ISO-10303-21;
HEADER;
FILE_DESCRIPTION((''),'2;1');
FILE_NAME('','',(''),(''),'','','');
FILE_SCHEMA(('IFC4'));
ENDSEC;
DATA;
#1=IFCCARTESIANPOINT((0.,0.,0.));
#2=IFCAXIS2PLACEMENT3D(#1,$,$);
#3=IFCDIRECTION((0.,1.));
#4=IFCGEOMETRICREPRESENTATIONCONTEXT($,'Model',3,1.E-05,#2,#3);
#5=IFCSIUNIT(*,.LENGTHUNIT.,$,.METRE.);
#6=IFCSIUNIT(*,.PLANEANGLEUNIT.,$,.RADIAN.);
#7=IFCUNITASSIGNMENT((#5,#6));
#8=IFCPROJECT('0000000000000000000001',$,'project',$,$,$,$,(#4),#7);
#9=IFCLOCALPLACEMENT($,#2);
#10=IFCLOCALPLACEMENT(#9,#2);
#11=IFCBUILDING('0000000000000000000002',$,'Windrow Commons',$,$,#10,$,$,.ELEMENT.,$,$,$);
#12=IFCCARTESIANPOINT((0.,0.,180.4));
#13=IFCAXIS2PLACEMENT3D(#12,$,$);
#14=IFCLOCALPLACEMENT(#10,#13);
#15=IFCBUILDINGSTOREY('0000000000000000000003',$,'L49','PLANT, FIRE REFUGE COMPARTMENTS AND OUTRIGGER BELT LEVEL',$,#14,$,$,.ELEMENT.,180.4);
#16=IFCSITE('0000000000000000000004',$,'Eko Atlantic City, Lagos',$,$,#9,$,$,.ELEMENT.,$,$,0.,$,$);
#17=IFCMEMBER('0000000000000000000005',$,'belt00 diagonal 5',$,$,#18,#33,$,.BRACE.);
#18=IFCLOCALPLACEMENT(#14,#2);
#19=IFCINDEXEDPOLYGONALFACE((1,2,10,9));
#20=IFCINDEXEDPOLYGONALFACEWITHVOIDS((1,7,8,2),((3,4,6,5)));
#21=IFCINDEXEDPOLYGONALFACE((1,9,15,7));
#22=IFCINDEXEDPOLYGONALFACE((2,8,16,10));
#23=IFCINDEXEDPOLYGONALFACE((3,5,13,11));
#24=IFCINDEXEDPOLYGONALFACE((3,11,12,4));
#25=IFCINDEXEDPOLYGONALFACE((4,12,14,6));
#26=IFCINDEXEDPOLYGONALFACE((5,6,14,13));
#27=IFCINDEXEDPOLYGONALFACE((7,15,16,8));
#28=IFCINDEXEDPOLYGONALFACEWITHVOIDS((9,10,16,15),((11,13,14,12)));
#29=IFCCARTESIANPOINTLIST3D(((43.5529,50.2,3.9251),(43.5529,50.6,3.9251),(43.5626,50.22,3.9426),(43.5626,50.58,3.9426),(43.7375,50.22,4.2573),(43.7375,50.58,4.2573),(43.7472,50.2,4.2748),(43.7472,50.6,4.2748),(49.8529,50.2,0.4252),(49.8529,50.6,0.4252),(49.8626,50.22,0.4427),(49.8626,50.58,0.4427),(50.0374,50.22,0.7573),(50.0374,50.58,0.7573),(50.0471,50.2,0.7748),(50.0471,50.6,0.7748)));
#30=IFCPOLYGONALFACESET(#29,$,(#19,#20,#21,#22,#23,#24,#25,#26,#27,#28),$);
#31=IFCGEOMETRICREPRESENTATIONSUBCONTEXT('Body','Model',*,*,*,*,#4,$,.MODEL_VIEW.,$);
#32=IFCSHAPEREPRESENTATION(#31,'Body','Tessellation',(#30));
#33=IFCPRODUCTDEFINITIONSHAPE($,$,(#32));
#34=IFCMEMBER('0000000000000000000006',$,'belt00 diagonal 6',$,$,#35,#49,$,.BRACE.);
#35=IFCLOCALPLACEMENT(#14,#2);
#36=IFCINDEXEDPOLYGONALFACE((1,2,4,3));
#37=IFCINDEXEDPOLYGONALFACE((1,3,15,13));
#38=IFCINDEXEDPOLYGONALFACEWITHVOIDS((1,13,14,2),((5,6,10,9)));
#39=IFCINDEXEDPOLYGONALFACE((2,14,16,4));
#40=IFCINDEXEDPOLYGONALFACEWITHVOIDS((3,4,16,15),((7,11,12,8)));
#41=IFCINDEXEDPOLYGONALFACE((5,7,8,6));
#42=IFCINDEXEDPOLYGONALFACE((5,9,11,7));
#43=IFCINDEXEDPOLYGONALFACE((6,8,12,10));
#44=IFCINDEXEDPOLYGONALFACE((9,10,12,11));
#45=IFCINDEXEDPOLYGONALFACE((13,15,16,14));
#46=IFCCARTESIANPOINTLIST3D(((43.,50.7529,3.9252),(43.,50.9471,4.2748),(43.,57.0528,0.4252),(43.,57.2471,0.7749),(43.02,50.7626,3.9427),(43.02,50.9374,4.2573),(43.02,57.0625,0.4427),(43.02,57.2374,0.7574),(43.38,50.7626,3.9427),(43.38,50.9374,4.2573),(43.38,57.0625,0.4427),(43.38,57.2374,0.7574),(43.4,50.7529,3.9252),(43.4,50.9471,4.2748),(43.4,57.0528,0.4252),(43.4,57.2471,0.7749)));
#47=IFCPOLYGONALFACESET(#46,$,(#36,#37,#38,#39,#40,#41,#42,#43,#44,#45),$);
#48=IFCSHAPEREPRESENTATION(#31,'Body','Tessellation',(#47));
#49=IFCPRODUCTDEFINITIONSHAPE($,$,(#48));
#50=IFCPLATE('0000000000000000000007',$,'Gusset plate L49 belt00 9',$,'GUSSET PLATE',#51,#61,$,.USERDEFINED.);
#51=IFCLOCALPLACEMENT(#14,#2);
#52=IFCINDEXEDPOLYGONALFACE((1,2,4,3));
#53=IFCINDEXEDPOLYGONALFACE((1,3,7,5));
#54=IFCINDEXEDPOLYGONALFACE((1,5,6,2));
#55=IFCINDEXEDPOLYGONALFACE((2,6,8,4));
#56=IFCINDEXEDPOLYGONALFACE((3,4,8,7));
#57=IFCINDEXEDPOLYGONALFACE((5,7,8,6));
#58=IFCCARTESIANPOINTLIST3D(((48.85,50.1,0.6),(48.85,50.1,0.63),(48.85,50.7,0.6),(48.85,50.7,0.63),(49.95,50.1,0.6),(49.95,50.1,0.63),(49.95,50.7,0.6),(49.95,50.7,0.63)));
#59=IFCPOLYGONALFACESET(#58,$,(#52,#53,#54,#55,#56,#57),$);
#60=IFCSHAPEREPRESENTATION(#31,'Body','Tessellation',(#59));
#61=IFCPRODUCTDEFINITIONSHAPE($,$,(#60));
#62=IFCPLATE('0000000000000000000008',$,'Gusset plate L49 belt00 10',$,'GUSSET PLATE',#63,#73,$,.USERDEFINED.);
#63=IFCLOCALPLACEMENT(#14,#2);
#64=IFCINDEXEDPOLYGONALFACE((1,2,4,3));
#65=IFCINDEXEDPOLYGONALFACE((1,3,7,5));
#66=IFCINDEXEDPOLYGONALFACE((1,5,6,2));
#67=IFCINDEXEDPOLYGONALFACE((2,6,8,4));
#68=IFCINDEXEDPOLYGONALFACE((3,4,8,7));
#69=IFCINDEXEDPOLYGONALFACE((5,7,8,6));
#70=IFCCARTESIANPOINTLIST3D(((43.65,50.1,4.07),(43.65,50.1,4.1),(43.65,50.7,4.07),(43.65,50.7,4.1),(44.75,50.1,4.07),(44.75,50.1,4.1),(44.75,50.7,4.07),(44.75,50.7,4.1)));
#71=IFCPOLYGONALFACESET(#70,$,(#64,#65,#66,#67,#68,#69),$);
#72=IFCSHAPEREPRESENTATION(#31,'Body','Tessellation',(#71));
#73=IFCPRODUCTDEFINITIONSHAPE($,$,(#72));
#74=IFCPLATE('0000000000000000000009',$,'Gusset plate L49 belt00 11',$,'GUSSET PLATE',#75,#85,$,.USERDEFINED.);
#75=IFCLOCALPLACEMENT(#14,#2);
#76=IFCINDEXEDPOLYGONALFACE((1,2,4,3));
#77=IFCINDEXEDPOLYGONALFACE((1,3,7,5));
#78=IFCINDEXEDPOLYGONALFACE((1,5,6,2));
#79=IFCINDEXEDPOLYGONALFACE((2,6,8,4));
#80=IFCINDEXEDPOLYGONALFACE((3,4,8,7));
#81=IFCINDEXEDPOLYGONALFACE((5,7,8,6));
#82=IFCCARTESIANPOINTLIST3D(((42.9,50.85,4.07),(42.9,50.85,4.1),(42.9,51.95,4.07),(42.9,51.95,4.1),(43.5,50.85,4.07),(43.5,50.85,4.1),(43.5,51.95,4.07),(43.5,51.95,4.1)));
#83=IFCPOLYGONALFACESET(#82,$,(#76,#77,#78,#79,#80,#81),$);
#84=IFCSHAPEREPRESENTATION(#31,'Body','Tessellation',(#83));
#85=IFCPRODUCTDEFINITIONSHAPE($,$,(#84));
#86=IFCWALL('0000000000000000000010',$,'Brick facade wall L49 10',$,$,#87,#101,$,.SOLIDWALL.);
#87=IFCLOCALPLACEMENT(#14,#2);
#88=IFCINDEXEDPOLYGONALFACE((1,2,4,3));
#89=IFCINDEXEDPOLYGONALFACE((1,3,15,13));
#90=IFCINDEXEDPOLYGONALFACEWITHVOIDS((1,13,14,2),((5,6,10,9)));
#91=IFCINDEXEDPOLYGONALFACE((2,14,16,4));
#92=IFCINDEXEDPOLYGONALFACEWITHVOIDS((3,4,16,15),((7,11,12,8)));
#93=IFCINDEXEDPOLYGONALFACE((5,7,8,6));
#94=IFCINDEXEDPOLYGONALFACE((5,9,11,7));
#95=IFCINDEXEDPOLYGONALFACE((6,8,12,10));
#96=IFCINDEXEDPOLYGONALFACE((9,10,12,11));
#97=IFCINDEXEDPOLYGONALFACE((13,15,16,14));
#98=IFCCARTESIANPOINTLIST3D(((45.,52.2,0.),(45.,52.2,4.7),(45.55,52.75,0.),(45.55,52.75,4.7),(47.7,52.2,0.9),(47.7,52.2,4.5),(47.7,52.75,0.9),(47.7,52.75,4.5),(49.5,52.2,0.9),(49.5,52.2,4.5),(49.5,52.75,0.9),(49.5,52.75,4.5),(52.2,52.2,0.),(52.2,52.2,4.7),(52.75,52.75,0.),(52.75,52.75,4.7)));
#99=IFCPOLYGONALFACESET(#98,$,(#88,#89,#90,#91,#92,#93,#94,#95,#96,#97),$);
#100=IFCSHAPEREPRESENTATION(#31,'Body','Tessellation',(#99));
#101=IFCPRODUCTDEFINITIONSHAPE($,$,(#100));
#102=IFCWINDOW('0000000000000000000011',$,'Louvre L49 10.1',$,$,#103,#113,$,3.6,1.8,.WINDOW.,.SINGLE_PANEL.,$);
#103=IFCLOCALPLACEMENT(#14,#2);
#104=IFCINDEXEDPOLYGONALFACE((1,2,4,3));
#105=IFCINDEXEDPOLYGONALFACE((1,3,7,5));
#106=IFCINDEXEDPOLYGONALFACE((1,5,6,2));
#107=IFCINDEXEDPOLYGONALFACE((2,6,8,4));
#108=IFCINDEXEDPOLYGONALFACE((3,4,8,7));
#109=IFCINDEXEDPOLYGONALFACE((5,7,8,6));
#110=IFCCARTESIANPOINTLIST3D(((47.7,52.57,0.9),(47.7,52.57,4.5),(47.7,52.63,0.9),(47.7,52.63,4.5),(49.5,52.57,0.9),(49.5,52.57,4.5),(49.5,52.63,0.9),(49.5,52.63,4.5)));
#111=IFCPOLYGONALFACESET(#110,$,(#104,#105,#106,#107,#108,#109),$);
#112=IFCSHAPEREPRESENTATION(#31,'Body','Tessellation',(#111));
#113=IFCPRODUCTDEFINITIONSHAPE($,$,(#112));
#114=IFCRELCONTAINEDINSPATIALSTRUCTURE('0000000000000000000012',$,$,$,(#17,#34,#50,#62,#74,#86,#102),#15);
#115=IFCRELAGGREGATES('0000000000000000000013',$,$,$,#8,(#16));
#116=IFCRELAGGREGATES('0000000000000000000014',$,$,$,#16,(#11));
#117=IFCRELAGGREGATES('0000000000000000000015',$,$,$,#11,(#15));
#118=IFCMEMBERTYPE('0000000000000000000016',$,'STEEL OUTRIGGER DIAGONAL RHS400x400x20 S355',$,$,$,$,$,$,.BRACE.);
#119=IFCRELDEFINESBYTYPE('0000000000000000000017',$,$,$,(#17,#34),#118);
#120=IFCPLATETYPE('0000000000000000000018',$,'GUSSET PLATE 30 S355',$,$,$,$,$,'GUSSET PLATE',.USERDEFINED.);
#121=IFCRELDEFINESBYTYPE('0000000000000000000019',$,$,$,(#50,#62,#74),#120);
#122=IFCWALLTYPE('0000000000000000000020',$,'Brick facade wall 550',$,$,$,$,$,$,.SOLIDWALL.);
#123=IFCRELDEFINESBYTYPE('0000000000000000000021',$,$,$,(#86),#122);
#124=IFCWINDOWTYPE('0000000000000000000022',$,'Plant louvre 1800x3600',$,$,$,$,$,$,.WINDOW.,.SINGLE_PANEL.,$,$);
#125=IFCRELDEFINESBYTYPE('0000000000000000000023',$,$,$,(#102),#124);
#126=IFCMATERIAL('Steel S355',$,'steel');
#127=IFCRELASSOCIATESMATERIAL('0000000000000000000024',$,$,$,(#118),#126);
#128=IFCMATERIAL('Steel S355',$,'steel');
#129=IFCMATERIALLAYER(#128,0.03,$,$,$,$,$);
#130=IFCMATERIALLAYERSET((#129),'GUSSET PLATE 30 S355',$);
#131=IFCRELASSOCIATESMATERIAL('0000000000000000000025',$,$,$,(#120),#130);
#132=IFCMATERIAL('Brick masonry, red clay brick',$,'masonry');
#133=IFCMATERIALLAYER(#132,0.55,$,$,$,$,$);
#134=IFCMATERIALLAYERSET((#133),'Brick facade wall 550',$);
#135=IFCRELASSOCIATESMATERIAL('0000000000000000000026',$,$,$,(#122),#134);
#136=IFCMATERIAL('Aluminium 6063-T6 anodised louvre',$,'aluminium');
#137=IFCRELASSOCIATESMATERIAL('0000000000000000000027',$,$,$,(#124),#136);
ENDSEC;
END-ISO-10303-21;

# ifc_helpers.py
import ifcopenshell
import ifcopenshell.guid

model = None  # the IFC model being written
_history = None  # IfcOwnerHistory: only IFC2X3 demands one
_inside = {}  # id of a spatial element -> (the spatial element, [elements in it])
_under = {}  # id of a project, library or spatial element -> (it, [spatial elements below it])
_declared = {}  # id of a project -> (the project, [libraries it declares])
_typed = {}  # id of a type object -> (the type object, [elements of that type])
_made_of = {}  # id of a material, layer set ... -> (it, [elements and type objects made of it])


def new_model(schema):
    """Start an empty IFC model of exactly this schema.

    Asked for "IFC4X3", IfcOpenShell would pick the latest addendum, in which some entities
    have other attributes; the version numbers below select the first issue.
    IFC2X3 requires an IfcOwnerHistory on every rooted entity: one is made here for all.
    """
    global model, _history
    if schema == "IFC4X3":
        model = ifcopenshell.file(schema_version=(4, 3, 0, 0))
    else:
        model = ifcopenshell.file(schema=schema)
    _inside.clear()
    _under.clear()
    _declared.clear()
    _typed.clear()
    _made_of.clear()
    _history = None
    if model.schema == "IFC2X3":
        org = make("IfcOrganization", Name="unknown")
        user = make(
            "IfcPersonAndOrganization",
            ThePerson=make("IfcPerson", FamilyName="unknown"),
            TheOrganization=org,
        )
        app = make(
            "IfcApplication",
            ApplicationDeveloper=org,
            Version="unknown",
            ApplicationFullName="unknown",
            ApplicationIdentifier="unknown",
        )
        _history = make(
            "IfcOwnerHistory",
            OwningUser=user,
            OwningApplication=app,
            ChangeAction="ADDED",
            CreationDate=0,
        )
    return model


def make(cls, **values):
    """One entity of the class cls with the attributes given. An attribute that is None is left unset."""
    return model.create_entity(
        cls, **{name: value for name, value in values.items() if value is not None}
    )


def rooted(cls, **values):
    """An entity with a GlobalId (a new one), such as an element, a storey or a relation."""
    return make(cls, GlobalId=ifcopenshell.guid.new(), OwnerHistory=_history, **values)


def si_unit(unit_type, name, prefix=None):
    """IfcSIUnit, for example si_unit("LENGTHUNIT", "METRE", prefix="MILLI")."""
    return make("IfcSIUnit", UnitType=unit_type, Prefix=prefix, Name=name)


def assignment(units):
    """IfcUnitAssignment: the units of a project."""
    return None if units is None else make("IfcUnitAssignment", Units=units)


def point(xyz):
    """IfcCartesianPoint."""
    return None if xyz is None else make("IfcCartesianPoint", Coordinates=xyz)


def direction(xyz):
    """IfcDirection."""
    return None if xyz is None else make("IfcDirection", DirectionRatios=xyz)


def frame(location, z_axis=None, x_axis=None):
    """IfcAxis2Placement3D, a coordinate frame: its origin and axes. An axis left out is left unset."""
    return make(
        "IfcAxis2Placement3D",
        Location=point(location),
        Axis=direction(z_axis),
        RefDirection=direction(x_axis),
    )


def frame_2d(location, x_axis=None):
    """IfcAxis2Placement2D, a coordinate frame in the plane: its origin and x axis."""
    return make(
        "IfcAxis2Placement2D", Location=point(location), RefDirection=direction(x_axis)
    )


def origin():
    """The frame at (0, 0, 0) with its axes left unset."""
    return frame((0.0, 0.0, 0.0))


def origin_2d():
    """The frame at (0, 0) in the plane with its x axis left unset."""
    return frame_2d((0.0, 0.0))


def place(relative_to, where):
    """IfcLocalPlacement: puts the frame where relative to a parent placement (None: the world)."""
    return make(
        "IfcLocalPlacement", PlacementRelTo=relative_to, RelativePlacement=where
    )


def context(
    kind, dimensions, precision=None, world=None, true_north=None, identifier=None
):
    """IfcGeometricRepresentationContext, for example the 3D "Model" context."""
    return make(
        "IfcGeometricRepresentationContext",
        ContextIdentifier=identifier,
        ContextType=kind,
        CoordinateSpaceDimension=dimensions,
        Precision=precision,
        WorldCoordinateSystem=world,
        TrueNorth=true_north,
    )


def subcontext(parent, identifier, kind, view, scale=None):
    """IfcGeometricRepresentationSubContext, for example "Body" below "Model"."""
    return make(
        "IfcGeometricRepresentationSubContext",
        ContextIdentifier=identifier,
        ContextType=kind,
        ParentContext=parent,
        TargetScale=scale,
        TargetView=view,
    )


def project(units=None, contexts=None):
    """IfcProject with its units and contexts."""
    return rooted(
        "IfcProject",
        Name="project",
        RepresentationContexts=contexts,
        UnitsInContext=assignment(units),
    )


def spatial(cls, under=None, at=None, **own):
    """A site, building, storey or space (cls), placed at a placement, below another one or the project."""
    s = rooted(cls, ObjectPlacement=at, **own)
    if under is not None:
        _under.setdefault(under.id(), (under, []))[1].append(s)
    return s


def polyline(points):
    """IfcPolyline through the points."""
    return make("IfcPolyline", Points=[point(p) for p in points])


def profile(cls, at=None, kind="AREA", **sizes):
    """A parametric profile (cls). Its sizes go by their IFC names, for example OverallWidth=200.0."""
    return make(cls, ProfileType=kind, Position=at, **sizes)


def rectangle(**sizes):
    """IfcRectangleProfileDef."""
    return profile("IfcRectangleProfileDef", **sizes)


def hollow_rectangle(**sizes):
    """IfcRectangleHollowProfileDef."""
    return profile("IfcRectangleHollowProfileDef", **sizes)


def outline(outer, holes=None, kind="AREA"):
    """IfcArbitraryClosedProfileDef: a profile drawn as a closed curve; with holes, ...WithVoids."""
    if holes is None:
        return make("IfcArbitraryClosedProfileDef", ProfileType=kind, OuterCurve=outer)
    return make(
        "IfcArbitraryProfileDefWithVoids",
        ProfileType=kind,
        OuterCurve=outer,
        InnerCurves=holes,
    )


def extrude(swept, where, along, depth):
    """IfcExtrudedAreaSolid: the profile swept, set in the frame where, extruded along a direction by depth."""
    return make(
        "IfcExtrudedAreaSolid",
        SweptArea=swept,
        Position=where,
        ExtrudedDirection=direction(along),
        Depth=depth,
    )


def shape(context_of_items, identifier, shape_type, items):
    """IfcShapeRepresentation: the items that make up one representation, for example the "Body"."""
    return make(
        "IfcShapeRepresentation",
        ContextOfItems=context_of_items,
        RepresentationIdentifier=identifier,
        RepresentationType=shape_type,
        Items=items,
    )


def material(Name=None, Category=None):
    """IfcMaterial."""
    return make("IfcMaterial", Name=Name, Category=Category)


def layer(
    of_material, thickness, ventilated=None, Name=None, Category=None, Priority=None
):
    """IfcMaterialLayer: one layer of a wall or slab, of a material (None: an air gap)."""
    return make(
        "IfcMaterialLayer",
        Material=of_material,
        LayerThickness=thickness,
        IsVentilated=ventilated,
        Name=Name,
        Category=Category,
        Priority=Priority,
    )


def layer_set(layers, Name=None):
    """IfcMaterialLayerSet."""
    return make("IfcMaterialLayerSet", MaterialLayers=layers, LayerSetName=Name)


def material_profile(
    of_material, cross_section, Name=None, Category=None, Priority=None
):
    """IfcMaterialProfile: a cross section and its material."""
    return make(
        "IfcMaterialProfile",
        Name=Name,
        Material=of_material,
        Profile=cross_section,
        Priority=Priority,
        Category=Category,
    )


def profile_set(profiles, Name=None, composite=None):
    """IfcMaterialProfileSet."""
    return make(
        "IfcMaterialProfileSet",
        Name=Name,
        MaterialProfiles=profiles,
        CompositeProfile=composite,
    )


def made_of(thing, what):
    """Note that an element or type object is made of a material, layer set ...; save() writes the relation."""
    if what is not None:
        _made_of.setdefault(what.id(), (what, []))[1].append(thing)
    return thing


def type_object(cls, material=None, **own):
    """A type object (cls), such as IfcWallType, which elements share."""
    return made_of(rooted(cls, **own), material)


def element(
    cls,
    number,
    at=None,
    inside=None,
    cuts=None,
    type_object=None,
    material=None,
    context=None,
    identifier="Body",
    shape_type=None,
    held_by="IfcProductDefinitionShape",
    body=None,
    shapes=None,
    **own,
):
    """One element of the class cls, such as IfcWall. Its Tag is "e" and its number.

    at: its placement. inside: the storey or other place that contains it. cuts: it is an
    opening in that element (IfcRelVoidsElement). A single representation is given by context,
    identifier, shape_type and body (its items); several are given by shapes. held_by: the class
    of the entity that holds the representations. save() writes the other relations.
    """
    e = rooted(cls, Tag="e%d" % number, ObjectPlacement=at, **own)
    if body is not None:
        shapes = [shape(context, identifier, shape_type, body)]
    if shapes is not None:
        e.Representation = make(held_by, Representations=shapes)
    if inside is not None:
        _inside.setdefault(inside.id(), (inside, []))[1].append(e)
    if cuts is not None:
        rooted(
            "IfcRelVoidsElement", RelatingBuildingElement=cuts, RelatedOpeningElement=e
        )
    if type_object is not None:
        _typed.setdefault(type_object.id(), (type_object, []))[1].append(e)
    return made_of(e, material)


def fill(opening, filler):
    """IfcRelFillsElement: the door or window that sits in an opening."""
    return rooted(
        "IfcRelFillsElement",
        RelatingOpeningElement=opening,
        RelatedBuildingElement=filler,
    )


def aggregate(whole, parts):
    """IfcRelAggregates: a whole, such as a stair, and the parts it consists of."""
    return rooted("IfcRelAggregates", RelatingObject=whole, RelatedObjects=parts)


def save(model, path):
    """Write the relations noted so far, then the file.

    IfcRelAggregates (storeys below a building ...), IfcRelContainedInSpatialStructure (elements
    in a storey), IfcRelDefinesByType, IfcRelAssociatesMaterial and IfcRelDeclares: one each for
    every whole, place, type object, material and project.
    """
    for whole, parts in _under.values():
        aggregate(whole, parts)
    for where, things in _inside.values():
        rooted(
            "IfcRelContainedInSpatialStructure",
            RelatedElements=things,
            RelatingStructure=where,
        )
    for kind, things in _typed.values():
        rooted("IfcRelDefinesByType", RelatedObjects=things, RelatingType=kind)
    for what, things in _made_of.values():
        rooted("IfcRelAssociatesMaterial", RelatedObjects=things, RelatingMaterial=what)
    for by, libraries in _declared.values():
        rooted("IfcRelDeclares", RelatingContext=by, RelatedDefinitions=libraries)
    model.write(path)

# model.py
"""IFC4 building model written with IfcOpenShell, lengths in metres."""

from ifc_helpers import new_model, si_unit, direction, frame, frame_2d, origin, origin_2d, place, context, subcontext, project, spatial, polyline, rectangle, hollow_rectangle, outline, extrude, material, layer, layer_set, material_profile, profile_set, type_object, element, fill, save


model = new_model("IFC4")

# Units and contexts
model_context = context("Model", 3, precision=1e-05, world=origin(), true_north=direction((0.0, 1.0)))
body_context = subcontext(model_context, "Body", "Model", "MODEL_VIEW")
ifc_project = project(units=[si_unit("LENGTHUNIT", "METRE"), si_unit("PLANEANGLEUNIT", "RADIAN")], contexts=[model_context])

# Site, building, storey
site_placement = place(None, origin())
site = spatial("IfcSite", under=ifc_project, at=site_placement, Name="Eko Atlantic City, Lagos", CompositionType="ELEMENT", RefElevation=0.0)
building_placement = place(site_placement, origin())
building = spatial("IfcBuilding", under=site, at=building_placement, Name="Windrow Commons", CompositionType="ELEMENT")
storey_placement = place(building_placement, frame((0.0, 0.0, 180.4)))
storey = spatial("IfcBuildingStorey", under=building, at=storey_placement, Name="L49", Description="PLANT, FIRE REFUGE COMPARTMENTS AND OUTRIGGER BELT LEVEL", CompositionType="ELEMENT", Elevation=180.4)

# Members
ifc_material_1 = material(Name="Steel S355", Category="steel")
ifc_material_profile_1 = material_profile(ifc_material_1, hollow_rectangle(XDim=0.4, YDim=0.4, WallThickness=0.02, at=origin_2d()))
ifc_profile_set_1 = profile_set([ifc_material_profile_1], Name="Steel S355")
member_type_1 = type_object("IfcMemberType", Name="STEEL OUTRIGGER DIAGONAL RHS400x400x20 S355", PredefinedType="BRACE", material=ifc_profile_set_1)
for number, where, z_axis, x_axis, name in (
    (1, (49.95, 50.4, 0.6), (-0.874157, 0.0, 0.485643), (0.0, -1.0, 0.0), "belt00 diagonal 5"),
    (2, (43.2, 50.85, 4.1), (0.0, 0.874157, -0.485643), (-1.0, 0.0, 0.0), "belt00 diagonal 6"),
):
    element("IfcMember", number, at=place(storey_placement, frame(where, z_axis=z_axis, x_axis=x_axis)), inside=storey, type_object=member_type_1, Name=name, PredefinedType="BRACE", context=body_context, shape_type="SweptSolid", body=[
        extrude(hollow_rectangle(XDim=0.4, YDim=0.4, WallThickness=0.02, at=origin_2d()), origin(), (0.0, 0.0, 1.0), 7.2069),
    ])

# Plates
ifc_material_2 = material(Name="Steel S355", Category="steel")
ifc_layer_1 = layer(ifc_material_2, 0.03)
ifc_layer_set_1 = layer_set([ifc_layer_1], Name="GUSSET PLATE 30 S355")
plate_type = type_object("IfcPlateType", Name="GUSSET PLATE 30 S355", ElementType="GUSSET PLATE", PredefinedType="USERDEFINED", material=ifc_layer_set_1)
for number, where, z_axis, x_axis, name in (
    (3, (49.4, 50.4, 0.6), (0.0, 0.0, 1.0), (-1.0, 0.0, 0.0), "Gusset plate L49 belt00 9"),
    (4, (44.2, 50.4, 4.07), (0.0, 0.0, 1.0), (-1.0, 0.0, 0.0), "Gusset plate L49 belt00 10"),
    (5, (43.2, 51.4, 4.07), (0.0, 0.0, 1.0), (0.0, 1.0, 0.0), "Gusset plate L49 belt00 11"),
):
    element("IfcPlate", number, at=place(storey_placement, frame(where, z_axis=z_axis, x_axis=x_axis)), inside=storey, type_object=plate_type, Name=name, ObjectType="GUSSET PLATE", PredefinedType="USERDEFINED", context=body_context, shape_type="SweptSolid", body=[
        extrude(rectangle(XDim=1.1, YDim=0.6, at=origin_2d()), origin(), (0.0, 0.0, 1.0), 0.03),
    ])

# Wall, opening, window
ifc_material_3 = material(Name="Brick masonry, red clay brick", Category="masonry")
ifc_layer_2 = layer(ifc_material_3, 0.55)
ifc_layer_set_2 = layer_set([ifc_layer_2], Name="Brick facade wall 550")
wall_type = type_object("IfcWallType", Name="Brick facade wall 550", PredefinedType="SOLIDWALL", material=ifc_layer_set_2)
wall_placement = place(storey_placement, frame((45.275, 52.475, 0.0), z_axis=(0.0, 0.0, 1.0), x_axis=(1.0, 0.0, 0.0)))
wall = element("IfcWall", 6, at=wall_placement, inside=storey, type_object=wall_type, Name="Brick facade wall L49 10", PredefinedType="SOLIDWALL", context=body_context, shape_type="SweptSolid", body=[
    extrude(outline(polyline([(-0.275, -0.275), (6.925, -0.275), (7.475, 0.275), (0.275, 0.275), (-0.275, -0.275)])), origin(), (0.0, 0.0, 1.0), 4.7),
])
opening_placement = place(wall_placement, frame((2.425, 0.0, 0.9)))
opening = element("IfcOpeningElement", 7, at=opening_placement, cuts=wall, PredefinedType="OPENING", context=body_context, shape_type="SweptSolid", body=[
    extrude(rectangle(XDim=1.8, YDim=3.6, at=frame_2d((0.9, 1.8))), frame((0.0, 0.285, 0.0), z_axis=(0.0, -1.0, 0.0), x_axis=(1.0, 0.0, 0.0)), (0.0, 0.0, 1.0), 0.57),
])
ifc_material_4 = material(Name="Aluminium 6063-T6 anodised louvre", Category="aluminium")
window_type = type_object("IfcWindowType", Name="Plant louvre 1800x3600", PartitioningType="SINGLE_PANEL", PredefinedType="WINDOW", material=ifc_material_4)
window_placement = place(opening_placement, origin())
window = element("IfcWindow", 8, at=window_placement, inside=storey, type_object=window_type, Name="Louvre L49 10.1", OverallHeight=3.6, OverallWidth=1.8, PartitioningType="SINGLE_PANEL", PredefinedType="WINDOW", context=body_context, shape_type="SweptSolid", body=[
    extrude(rectangle(XDim=1.8, YDim=3.6, at=frame_2d((0.9, 1.8))), frame((0.0, 0.155, 0.0), z_axis=(0.0, -1.0, 0.0), x_axis=(1.0, 0.0, 0.0)), (0.0, 0.0, 1.0), 0.06),
])
fill(opening, window)

save(model, "model.ifc")
